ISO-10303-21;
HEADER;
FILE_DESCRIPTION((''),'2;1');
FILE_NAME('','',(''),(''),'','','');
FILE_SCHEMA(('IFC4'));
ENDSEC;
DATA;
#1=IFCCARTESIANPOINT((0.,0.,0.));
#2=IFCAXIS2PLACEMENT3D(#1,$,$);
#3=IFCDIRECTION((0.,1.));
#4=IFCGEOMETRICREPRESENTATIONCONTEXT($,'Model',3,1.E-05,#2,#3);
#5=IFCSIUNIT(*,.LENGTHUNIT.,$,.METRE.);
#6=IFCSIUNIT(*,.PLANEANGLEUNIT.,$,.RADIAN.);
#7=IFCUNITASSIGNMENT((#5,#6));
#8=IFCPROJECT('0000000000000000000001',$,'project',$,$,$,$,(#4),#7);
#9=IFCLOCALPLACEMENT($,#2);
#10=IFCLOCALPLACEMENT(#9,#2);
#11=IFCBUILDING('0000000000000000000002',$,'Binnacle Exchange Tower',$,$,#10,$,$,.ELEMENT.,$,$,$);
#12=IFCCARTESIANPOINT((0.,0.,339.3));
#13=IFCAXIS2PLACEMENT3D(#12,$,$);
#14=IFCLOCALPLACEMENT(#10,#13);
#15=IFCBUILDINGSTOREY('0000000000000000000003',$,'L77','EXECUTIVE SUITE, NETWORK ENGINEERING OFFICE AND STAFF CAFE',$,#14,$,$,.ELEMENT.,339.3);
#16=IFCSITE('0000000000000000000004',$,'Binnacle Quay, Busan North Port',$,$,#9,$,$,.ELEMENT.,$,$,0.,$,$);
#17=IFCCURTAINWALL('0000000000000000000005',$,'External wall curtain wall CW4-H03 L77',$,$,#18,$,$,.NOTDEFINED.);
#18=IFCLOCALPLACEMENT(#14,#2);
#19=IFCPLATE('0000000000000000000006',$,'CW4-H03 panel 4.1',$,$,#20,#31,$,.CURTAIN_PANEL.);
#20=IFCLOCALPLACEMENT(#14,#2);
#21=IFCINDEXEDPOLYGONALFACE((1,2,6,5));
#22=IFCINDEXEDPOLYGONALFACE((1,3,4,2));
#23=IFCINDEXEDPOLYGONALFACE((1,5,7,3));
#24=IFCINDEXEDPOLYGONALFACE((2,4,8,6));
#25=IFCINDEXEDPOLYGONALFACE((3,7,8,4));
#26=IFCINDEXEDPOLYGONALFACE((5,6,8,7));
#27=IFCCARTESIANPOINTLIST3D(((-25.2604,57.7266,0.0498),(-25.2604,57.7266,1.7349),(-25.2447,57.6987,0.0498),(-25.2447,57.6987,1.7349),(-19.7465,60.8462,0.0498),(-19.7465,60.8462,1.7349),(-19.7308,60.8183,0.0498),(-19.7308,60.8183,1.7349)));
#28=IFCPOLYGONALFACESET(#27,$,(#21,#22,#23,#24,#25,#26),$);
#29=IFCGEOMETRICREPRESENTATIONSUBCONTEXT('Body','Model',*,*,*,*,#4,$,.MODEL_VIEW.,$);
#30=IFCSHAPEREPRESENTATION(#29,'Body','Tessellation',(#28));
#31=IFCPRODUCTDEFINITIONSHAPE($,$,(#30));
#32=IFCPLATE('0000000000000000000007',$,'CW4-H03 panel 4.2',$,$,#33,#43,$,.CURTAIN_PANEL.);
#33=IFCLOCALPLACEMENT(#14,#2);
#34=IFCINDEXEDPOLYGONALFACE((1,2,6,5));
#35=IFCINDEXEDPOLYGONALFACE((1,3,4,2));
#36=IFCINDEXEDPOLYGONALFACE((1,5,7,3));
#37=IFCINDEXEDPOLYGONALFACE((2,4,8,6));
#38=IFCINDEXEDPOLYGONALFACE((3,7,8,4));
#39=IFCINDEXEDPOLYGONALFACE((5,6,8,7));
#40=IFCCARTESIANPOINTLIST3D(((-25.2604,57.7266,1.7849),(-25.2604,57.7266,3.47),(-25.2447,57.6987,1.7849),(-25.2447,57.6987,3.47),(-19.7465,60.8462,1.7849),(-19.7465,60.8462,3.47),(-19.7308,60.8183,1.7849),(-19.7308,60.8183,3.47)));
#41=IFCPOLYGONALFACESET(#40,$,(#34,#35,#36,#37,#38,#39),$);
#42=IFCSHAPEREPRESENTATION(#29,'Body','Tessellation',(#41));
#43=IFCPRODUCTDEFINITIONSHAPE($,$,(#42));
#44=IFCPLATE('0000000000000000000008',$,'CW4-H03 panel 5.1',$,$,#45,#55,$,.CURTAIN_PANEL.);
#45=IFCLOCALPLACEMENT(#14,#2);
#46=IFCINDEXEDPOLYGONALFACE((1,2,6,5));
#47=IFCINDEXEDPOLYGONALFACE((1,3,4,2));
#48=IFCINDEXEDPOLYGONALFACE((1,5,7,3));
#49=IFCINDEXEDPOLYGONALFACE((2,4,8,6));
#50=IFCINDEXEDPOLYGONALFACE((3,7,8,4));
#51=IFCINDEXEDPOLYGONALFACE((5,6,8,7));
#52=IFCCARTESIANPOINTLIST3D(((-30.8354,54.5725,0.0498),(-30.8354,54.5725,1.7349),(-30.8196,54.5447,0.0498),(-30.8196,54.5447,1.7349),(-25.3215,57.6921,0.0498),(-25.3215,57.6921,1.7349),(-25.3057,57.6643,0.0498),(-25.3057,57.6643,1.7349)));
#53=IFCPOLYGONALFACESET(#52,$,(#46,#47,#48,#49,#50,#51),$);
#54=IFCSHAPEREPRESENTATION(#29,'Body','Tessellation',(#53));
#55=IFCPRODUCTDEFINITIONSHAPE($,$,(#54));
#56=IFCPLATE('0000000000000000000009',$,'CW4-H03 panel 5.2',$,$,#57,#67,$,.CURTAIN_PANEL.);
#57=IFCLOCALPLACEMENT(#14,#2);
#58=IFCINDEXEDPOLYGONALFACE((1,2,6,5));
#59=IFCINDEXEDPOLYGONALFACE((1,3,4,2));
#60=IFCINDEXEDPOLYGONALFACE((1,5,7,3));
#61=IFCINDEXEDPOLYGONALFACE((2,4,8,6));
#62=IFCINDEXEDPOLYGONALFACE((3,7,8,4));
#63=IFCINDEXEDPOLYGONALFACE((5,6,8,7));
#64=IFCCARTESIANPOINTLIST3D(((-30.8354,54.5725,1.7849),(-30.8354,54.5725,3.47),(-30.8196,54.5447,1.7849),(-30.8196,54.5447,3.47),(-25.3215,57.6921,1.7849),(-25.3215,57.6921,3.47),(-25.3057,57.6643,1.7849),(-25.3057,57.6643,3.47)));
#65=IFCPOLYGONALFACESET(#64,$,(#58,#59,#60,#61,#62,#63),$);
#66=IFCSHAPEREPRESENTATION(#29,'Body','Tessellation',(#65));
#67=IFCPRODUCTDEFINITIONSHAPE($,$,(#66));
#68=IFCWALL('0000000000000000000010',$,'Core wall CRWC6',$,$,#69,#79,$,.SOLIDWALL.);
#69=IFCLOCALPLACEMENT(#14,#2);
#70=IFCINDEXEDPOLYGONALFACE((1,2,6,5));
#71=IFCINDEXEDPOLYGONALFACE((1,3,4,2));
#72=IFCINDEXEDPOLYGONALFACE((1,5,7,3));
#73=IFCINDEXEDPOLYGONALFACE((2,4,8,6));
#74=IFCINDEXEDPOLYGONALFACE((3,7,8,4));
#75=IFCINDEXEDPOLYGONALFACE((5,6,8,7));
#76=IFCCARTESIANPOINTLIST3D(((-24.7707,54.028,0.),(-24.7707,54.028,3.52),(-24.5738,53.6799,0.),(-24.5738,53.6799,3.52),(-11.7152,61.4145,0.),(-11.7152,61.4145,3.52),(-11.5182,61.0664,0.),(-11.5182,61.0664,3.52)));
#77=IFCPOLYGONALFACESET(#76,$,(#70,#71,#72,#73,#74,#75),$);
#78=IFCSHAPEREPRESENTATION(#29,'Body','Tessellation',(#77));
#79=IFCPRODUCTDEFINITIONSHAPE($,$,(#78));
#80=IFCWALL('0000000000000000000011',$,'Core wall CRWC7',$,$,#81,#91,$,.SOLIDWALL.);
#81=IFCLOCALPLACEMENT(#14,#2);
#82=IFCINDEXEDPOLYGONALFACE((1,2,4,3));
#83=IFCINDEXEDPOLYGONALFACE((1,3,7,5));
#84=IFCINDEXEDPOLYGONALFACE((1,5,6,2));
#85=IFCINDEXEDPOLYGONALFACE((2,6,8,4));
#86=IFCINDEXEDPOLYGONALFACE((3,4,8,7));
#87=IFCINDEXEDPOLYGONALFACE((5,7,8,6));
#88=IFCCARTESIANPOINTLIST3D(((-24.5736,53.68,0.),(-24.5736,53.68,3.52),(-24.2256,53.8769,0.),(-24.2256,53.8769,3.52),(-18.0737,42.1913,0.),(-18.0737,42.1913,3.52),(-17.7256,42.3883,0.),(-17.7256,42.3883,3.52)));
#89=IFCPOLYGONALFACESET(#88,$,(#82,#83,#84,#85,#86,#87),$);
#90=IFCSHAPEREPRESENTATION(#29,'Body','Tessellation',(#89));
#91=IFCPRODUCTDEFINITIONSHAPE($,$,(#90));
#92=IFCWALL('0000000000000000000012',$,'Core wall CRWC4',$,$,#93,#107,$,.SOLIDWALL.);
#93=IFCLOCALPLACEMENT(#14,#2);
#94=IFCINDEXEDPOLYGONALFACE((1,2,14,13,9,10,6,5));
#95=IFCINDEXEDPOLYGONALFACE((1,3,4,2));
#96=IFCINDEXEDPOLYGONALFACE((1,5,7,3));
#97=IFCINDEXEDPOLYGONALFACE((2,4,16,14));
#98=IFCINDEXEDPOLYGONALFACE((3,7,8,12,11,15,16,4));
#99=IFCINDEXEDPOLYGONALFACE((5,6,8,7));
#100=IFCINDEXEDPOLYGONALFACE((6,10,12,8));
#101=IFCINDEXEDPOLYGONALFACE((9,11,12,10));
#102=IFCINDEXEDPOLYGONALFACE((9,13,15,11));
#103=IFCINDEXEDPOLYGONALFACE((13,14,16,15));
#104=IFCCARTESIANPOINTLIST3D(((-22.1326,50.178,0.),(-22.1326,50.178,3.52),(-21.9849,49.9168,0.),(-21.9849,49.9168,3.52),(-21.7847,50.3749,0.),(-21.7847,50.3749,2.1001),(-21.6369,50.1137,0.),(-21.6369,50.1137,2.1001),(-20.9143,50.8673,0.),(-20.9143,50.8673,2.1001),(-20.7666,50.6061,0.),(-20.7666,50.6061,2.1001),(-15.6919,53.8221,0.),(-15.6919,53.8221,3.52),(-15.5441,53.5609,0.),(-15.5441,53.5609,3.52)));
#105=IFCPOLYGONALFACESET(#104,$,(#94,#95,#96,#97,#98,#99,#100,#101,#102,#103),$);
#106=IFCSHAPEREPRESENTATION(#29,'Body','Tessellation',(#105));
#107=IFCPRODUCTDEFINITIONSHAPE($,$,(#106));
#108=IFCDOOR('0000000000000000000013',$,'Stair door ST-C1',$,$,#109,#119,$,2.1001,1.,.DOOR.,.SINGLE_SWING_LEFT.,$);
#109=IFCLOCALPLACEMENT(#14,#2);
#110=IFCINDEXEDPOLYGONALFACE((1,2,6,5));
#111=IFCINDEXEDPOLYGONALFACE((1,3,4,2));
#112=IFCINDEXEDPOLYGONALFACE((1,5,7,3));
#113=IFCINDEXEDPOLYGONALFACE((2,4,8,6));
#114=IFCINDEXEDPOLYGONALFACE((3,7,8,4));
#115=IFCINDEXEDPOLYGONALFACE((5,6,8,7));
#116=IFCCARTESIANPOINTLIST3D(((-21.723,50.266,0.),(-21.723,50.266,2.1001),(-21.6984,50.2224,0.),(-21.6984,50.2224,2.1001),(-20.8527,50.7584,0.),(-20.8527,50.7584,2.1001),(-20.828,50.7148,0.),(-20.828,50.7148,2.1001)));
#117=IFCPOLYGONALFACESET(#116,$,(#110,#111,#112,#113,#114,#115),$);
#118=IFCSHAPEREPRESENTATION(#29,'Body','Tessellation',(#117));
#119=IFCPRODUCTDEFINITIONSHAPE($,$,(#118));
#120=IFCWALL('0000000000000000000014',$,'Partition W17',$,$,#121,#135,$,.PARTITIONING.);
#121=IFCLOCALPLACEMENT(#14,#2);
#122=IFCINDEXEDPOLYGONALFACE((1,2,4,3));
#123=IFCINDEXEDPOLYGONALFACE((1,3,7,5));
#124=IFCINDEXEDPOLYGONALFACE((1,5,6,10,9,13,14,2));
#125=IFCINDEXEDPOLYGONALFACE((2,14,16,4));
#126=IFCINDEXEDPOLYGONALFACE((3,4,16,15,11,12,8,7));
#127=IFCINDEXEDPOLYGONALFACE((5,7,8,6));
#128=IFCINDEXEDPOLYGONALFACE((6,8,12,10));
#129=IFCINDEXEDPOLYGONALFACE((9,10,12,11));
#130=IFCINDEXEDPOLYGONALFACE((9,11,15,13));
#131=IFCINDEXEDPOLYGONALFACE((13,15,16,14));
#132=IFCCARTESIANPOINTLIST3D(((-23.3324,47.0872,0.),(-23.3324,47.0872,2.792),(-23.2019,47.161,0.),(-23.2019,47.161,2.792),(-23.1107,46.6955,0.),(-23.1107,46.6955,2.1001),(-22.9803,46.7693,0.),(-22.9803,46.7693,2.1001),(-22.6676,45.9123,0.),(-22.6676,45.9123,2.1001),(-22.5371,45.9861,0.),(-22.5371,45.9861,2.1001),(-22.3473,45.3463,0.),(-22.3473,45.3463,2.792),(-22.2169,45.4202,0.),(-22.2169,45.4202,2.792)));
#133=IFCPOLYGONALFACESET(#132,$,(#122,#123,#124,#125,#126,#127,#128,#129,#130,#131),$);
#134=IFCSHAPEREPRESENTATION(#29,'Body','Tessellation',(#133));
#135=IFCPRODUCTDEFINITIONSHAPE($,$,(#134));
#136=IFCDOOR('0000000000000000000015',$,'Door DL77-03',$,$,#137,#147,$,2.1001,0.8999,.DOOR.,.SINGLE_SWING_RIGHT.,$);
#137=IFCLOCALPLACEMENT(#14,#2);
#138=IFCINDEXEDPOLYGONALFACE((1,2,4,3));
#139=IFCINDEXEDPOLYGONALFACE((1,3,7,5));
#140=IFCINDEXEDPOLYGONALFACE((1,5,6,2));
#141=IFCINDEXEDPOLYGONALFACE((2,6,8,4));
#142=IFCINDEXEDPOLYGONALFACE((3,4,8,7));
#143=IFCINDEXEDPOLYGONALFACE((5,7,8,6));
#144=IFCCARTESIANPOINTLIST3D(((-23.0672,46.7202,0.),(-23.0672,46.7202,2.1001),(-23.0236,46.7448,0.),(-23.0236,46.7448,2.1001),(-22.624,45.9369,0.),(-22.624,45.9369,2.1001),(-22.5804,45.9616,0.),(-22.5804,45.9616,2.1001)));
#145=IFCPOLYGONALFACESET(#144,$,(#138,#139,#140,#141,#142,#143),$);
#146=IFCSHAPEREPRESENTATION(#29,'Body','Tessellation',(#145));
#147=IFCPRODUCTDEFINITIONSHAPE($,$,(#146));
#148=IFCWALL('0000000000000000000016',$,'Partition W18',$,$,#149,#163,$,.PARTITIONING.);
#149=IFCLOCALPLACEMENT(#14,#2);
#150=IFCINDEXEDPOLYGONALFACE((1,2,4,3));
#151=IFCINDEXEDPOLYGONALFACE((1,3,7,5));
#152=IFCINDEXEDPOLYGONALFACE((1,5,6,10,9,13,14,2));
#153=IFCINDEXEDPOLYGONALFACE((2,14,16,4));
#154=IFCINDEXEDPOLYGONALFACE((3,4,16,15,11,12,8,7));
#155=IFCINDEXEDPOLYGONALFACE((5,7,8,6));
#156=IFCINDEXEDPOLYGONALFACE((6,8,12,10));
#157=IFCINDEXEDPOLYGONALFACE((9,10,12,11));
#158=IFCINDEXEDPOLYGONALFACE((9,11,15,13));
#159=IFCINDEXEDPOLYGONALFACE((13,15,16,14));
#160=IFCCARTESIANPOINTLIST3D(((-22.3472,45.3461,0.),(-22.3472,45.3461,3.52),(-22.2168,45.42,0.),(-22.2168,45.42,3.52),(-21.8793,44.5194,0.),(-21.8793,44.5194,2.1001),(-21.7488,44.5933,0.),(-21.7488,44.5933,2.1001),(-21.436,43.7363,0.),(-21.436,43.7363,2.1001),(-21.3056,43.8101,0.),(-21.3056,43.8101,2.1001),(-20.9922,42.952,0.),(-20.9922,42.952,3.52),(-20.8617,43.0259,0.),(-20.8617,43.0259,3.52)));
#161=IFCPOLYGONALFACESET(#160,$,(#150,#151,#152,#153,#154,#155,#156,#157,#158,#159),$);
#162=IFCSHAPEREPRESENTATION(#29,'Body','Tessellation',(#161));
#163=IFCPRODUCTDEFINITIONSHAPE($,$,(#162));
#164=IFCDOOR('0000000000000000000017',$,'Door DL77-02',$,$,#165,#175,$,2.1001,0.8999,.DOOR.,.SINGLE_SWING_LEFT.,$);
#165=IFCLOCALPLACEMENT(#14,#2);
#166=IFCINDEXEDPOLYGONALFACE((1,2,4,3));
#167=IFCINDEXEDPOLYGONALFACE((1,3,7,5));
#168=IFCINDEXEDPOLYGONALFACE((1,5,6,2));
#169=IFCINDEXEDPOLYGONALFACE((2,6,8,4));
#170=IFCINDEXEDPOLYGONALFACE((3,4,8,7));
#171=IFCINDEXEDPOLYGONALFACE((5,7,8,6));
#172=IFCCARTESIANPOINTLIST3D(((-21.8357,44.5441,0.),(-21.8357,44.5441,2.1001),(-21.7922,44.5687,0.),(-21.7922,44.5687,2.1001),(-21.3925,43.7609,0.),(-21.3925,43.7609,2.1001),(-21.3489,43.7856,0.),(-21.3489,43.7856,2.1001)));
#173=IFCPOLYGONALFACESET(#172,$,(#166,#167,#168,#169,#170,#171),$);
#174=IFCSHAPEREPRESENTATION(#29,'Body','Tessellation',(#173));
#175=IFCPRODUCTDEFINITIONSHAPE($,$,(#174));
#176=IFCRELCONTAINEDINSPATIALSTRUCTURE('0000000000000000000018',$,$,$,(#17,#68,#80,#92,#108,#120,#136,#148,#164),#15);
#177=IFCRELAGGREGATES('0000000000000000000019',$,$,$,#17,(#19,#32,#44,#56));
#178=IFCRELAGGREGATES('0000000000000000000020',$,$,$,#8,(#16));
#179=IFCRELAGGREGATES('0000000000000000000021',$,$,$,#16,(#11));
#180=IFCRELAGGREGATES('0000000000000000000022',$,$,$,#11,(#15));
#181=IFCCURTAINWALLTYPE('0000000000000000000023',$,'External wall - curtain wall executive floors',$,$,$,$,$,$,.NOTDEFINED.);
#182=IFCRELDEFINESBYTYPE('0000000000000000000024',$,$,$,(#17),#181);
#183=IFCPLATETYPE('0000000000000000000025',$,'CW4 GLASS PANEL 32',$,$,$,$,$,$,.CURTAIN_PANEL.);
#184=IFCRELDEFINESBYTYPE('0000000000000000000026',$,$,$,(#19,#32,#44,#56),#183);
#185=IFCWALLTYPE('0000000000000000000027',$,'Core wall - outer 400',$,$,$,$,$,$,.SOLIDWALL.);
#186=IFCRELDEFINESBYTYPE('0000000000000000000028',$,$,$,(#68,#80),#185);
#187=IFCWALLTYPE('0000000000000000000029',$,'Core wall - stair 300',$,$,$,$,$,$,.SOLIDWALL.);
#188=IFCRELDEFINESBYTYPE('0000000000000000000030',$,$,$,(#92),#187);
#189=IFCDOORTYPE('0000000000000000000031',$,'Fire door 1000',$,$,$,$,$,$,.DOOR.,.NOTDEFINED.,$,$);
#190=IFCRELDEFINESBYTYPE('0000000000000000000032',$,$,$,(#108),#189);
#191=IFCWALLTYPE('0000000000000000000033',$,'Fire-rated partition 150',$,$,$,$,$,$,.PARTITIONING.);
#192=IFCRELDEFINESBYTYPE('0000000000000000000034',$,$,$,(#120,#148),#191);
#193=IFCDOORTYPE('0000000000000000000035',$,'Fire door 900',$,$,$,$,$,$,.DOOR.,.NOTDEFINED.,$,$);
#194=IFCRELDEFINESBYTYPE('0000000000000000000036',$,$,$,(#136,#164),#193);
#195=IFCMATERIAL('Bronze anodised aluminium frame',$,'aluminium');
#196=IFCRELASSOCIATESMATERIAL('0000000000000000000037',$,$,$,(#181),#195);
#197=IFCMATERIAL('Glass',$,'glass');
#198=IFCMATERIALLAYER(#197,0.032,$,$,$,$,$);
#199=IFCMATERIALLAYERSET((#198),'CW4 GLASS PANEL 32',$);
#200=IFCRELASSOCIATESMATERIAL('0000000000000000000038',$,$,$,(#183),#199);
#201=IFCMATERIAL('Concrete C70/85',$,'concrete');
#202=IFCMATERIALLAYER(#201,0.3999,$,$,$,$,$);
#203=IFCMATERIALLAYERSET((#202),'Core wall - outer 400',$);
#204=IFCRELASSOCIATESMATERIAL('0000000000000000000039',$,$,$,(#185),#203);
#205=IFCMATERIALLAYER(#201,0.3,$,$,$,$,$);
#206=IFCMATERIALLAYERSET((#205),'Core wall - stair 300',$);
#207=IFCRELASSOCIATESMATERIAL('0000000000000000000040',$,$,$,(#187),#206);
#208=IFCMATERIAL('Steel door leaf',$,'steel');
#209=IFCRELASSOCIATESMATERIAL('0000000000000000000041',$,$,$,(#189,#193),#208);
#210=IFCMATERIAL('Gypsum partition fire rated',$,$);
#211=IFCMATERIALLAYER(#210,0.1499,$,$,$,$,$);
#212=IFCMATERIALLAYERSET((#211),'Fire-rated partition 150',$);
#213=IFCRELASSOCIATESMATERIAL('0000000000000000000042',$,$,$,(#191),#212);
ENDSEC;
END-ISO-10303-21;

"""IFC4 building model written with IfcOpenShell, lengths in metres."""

from ifc_helpers import new_model, si_unit, direction, frame, frame_2d, origin, origin_2d, place, context, subcontext, project, spatial, rectangle, extrude, material, layer, layer_set, type_object, element, fill, aggregate, save


model = new_model("IFC4")

# Units and contexts
model_context = context("Model", 3, precision=1e-05, world=origin(), true_north=direction((0.0, 1.0)))
body_context = subcontext(model_context, "Body", "Model", "MODEL_VIEW")
ifc_project = project(units=[si_unit("LENGTHUNIT", "METRE"), si_unit("PLANEANGLEUNIT", "RADIAN")], contexts=[model_context])

# Site, building, storey
site_placement = place(None, origin())
site = spatial("IfcSite", under=ifc_project, at=site_placement, Name="Binnacle Quay, Busan North Port", CompositionType="ELEMENT", RefElevation=0.0)
building_placement = place(site_placement, origin())
building = spatial("IfcBuilding", under=site, at=building_placement, Name="Binnacle Exchange Tower", CompositionType="ELEMENT")
storey_placement = place(building_placement, frame((0.0, 0.0, 339.3)))
storey = spatial("IfcBuildingStorey", under=building, at=storey_placement, Name="L77", Description="EXECUTIVE SUITE, NETWORK ENGINEERING OFFICE AND STAFF CAFE", CompositionType="ELEMENT", Elevation=339.3)

# Curtain wall
ifc_material_1 = material(Name="Bronze anodised aluminium frame", Category="aluminium")
curtain_wall_type = type_object("IfcCurtainWallType", Name="External wall - curtain wall executive floors", PredefinedType="NOTDEFINED", material=ifc_material_1)
curtain_wall_placement = place(storey_placement, origin())
curtain_wall = element("IfcCurtainWall", 1, at=curtain_wall_placement, inside=storey, type_object=curtain_wall_type, Name="External wall curtain wall CW4-H03 L77", PredefinedType="NOTDEFINED")

# Plates
ifc_material_2 = material(Name="Glass", Category="glass")
ifc_layer_1 = layer(ifc_material_2, 0.032)
ifc_layer_set_1 = layer_set([ifc_layer_1], Name="CW4 GLASS PANEL 32")
plate_type = type_object("IfcPlateType", Name="CW4 GLASS PANEL 32", PredefinedType="CURTAIN_PANEL", material=ifc_layer_set_1)
plate_1_placement = place(storey_placement, frame((-22.4956, 59.2725, 0.0498), z_axis=(0.0, 0.0, 1.0), x_axis=(-0.870356, -0.492424, 0.0)))
plate_1 = element("IfcPlate", 2, at=plate_1_placement, type_object=plate_type, Name="CW4-H03 panel 4.1", PredefinedType="CURTAIN_PANEL", context=body_context, shape_type="SweptSolid", body=[
    extrude(rectangle(XDim=6.3352, YDim=0.032, at=origin_2d()), origin(), (0.0, 0.0, 1.0), 1.6851),
])
plate_2_placement = place(storey_placement, frame((-22.4956, 59.2725, 1.7849), z_axis=(0.0, 0.0, 1.0), x_axis=(-0.870356, -0.492424, 0.0)))
plate_2 = element("IfcPlate", 3, at=plate_2_placement, type_object=plate_type, Name="CW4-H03 panel 4.2", PredefinedType="CURTAIN_PANEL", context=body_context, shape_type="SweptSolid", body=[
    extrude(rectangle(XDim=6.3352, YDim=0.032, at=origin_2d()), origin(), (0.0, 0.0, 1.0), 1.6851),
])
plate_3_placement = place(storey_placement, frame((-28.0706, 56.1184, 0.0498), z_axis=(0.0, 0.0, 1.0), x_axis=(-0.870356, -0.492424, 0.0)))
plate_3 = element("IfcPlate", 4, at=plate_3_placement, type_object=plate_type, Name="CW4-H03 panel 5.1", PredefinedType="CURTAIN_PANEL", context=body_context, shape_type="SweptSolid", body=[
    extrude(rectangle(XDim=6.3352, YDim=0.032, at=origin_2d()), origin(), (0.0, 0.0, 1.0), 1.6851),
])
plate_4_placement = place(storey_placement, frame((-28.0706, 56.1184, 1.7849), z_axis=(0.0, 0.0, 1.0), x_axis=(-0.870356, -0.492424, 0.0)))
plate_4 = element("IfcPlate", 5, at=plate_4_placement, type_object=plate_type, Name="CW4-H03 panel 5.2", PredefinedType="CURTAIN_PANEL", context=body_context, shape_type="SweptSolid", body=[
    extrude(rectangle(XDim=6.3352, YDim=0.032, at=origin_2d()), origin(), (0.0, 0.0, 1.0), 1.6851),
])
aggregate(curtain_wall, [plate_1, plate_2, plate_3, plate_4])

# Walls
ifc_material_3 = material(Name="Concrete C70/85", Category="concrete")
ifc_layer_2 = layer(ifc_material_3, 0.3999)
ifc_layer_set_2 = layer_set([ifc_layer_2], Name="Core wall - outer 400")
wall_type_1 = type_object("IfcWallType", Name="Core wall - outer 400", PredefinedType="SOLIDWALL", material=ifc_layer_set_2)
wall_1_placement = place(storey_placement, frame((-24.6721, 53.854, 0.0), z_axis=(0.0, 0.0, 1.0), x_axis=(0.870354, 0.492427, 0.0)))
element("IfcWall", 6, at=wall_1_placement, inside=storey, type_object=wall_type_1, Name="Core wall CRWC6", PredefinedType="SOLIDWALL", context=body_context, shape_type="SweptSolid", body=[
    extrude(rectangle(XDim=15.0002, YDim=0.3999, at=frame_2d((7.5, 0.0))), origin(), (0.0, 0.0, 1.0), 3.52),
])
wall_2_placement = place(storey_placement, frame((-24.3997, 53.7786, 0.0), z_axis=(0.0, 0.0, 1.0), x_axis=(0.492422, -0.870357, 0.0)))
element("IfcWall", 7, at=wall_2_placement, inside=storey, type_object=wall_type_1, Name="Core wall CRWC7", PredefinedType="SOLIDWALL", context=body_context, shape_type="SweptSolid", body=[
    extrude(rectangle(XDim=13.2, YDim=0.3999, at=frame_2d((6.6001, 0.0))), origin(), (0.0, 0.0, 1.0), 3.52),
])

# Walls, openings, doors
ifc_layer_3 = layer(ifc_material_3, 0.3)
ifc_layer_set_3 = layer_set([ifc_layer_3], Name="Core wall - stair 300")
wall_type_2 = type_object("IfcWallType", Name="Core wall - stair 300", PredefinedType="SOLIDWALL", material=ifc_layer_set_3)
wall_3_placement = place(storey_placement, frame((-22.0588, 50.0474, 0.0), z_axis=(0.0, 0.0, 1.0), x_axis=(0.870351, 0.492432, 0.0)))
wall_3 = element("IfcWall", 8, at=wall_3_placement, inside=storey, type_object=wall_type_2, Name="Core wall CRWC4", PredefinedType="SOLIDWALL", context=body_context, shape_type="SweptSolid", body=[
    extrude(rectangle(XDim=7.4001, YDim=0.3, at=frame_2d((3.7002, 0.0))), origin(), (0.0, 0.0, 1.0), 3.52),
])
opening_1_placement = place(wall_3_placement, frame((0.3999, 0.0, 0.0)))
opening_1 = element("IfcOpeningElement", 9, at=opening_1_placement, cuts=wall_3, PredefinedType="OPENING", context=body_context, shape_type="SweptSolid", body=[
    extrude(rectangle(XDim=1.0, YDim=2.1001, at=frame_2d((0.5, 1.05))), frame((0.0, 0.1599, 0.0), z_axis=(0.0, -1.0, 0.0), x_axis=(1.0, 0.0, 0.0)), (0.0, 0.0, 1.0), 0.3201),
])
ifc_material_4 = material(Name="Steel door leaf", Category="steel")
door_type_1 = type_object("IfcDoorType", Name="Fire door 1000", OperationType="NOTDEFINED", PredefinedType="DOOR", material=ifc_material_4)
door_1_placement = place(opening_1_placement, origin())
door_1 = element("IfcDoor", 10, at=door_1_placement, inside=storey, type_object=door_type_1, Name="Stair door ST-C1", OperationType="SINGLE_SWING_LEFT", OverallHeight=2.1001, OverallWidth=1.0, PredefinedType="DOOR", context=body_context, shape_type="SweptSolid", body=[
    extrude(rectangle(XDim=1.0, YDim=2.1001, at=frame_2d((0.5, 1.05))), frame((0.0, 0.0249, 0.0), z_axis=(0.0, -1.0, 0.0), x_axis=(1.0, 0.0, 0.0)), (0.0, 0.0, 1.0), 0.05),
])
fill(opening_1, door_1)
ifc_material_5 = material(Name="Gypsum partition fire rated")
ifc_layer_4 = layer(ifc_material_5, 0.1499)
ifc_layer_set_4 = layer_set([ifc_layer_4], Name="Fire-rated partition 150")
wall_type_3 = type_object("IfcWallType", Name="Fire-rated partition 150", PredefinedType="PARTITIONING", material=ifc_layer_set_4)
wall_4_placement = place(storey_placement, frame((-23.2671, 47.124, 0.0), z_axis=(0.0, 0.0, 1.0), x_axis=(0.492467, -0.870331, 0.0)))
wall_4 = element("IfcWall", 11, at=wall_4_placement, inside=storey, type_object=wall_type_3, Name="Partition W17", PredefinedType="PARTITIONING", context=body_context, shape_type="SweptSolid", body=[
    extrude(rectangle(XDim=2.0002, YDim=0.1499, at=frame_2d((1.0, 0.0))), origin(), (0.0, 0.0, 1.0), 2.792),
])
opening_2_placement = place(wall_4_placement, frame((0.45, 0.0, 0.0)))
opening_2 = element("IfcOpeningElement", 12, at=opening_2_placement, cuts=wall_4, PredefinedType="OPENING", context=body_context, shape_type="SweptSolid", body=[
    extrude(rectangle(XDim=0.8999, YDim=2.1001, at=frame_2d((0.45, 1.05))), frame((0.0, 0.085, 0.0), z_axis=(0.0, -1.0, 0.0), x_axis=(1.0, 0.0, 0.0)), (0.0, 0.0, 1.0), 0.1699),
])
door_type_2 = type_object("IfcDoorType", Name="Fire door 900", OperationType="NOTDEFINED", PredefinedType="DOOR", material=ifc_material_4)
door_2_placement = place(opening_2_placement, frame((0.8999, 0.0, 0.0), z_axis=(0.0, 0.0, 1.0), x_axis=(-1.0, 0.0, 0.0)))
door_2 = element("IfcDoor", 13, at=door_2_placement, inside=storey, type_object=door_type_2, Name="Door DL77-03", OperationType="SINGLE_SWING_RIGHT", OverallHeight=2.1001, OverallWidth=0.8999, PredefinedType="DOOR", context=body_context, shape_type="SweptSolid", body=[
    extrude(rectangle(XDim=0.8999, YDim=2.1001, at=frame_2d((0.45, 1.05))), frame((0.0, 0.0249, 0.0), z_axis=(0.0, -1.0, 0.0), x_axis=(1.0, 0.0, 0.0)), (0.0, 0.0, 1.0), 0.05),
])
fill(opening_2, door_2)
wall_5_placement = place(storey_placement, frame((-22.282, 45.3831, 0.0), z_axis=(0.0, 0.0, 1.0), x_axis=(0.49256, -0.870278, 0.0)))
wall_5 = element("IfcWall", 14, at=wall_5_placement, inside=storey, type_object=wall_type_3, Name="Partition W18", PredefinedType="PARTITIONING", context=body_context, shape_type="SweptSolid", body=[
    extrude(rectangle(XDim=2.751, YDim=0.1499, at=frame_2d((1.3755, 0.0))), origin(), (0.0, 0.0, 1.0), 3.52),
])
opening_3_placement = place(wall_5_placement, frame((0.95, 0.0, 0.0)))
opening_3 = element("IfcOpeningElement", 15, at=opening_3_placement, cuts=wall_5, PredefinedType="OPENING", context=body_context, shape_type="SweptSolid", body=[
    extrude(rectangle(XDim=0.8999, YDim=2.1001, at=frame_2d((0.45, 1.05))), frame((0.0, 0.085, 0.0), z_axis=(0.0, -1.0, 0.0), x_axis=(1.0, 0.0, 0.0)), (0.0, 0.0, 1.0), 0.1699),
])
door_3_placement = place(opening_3_placement, frame((0.8999, 0.0, 0.0), z_axis=(0.0, 0.0, 1.0), x_axis=(-1.0, 0.0, 0.0)))
door_3 = element("IfcDoor", 16, at=door_3_placement, inside=storey, type_object=door_type_2, Name="Door DL77-02", OperationType="SINGLE_SWING_LEFT", OverallHeight=2.1001, OverallWidth=0.8999, PredefinedType="DOOR", context=body_context, shape_type="SweptSolid", body=[
    extrude(rectangle(XDim=0.8999, YDim=2.1001, at=frame_2d((0.45, 1.05))), frame((0.0, 0.0249, 0.0), z_axis=(0.0, -1.0, 0.0), x_axis=(1.0, 0.0, 0.0)), (0.0, 0.0, 1.0), 0.05),
])
fill(opening_3, door_3)

save(model, "model.ifc")
